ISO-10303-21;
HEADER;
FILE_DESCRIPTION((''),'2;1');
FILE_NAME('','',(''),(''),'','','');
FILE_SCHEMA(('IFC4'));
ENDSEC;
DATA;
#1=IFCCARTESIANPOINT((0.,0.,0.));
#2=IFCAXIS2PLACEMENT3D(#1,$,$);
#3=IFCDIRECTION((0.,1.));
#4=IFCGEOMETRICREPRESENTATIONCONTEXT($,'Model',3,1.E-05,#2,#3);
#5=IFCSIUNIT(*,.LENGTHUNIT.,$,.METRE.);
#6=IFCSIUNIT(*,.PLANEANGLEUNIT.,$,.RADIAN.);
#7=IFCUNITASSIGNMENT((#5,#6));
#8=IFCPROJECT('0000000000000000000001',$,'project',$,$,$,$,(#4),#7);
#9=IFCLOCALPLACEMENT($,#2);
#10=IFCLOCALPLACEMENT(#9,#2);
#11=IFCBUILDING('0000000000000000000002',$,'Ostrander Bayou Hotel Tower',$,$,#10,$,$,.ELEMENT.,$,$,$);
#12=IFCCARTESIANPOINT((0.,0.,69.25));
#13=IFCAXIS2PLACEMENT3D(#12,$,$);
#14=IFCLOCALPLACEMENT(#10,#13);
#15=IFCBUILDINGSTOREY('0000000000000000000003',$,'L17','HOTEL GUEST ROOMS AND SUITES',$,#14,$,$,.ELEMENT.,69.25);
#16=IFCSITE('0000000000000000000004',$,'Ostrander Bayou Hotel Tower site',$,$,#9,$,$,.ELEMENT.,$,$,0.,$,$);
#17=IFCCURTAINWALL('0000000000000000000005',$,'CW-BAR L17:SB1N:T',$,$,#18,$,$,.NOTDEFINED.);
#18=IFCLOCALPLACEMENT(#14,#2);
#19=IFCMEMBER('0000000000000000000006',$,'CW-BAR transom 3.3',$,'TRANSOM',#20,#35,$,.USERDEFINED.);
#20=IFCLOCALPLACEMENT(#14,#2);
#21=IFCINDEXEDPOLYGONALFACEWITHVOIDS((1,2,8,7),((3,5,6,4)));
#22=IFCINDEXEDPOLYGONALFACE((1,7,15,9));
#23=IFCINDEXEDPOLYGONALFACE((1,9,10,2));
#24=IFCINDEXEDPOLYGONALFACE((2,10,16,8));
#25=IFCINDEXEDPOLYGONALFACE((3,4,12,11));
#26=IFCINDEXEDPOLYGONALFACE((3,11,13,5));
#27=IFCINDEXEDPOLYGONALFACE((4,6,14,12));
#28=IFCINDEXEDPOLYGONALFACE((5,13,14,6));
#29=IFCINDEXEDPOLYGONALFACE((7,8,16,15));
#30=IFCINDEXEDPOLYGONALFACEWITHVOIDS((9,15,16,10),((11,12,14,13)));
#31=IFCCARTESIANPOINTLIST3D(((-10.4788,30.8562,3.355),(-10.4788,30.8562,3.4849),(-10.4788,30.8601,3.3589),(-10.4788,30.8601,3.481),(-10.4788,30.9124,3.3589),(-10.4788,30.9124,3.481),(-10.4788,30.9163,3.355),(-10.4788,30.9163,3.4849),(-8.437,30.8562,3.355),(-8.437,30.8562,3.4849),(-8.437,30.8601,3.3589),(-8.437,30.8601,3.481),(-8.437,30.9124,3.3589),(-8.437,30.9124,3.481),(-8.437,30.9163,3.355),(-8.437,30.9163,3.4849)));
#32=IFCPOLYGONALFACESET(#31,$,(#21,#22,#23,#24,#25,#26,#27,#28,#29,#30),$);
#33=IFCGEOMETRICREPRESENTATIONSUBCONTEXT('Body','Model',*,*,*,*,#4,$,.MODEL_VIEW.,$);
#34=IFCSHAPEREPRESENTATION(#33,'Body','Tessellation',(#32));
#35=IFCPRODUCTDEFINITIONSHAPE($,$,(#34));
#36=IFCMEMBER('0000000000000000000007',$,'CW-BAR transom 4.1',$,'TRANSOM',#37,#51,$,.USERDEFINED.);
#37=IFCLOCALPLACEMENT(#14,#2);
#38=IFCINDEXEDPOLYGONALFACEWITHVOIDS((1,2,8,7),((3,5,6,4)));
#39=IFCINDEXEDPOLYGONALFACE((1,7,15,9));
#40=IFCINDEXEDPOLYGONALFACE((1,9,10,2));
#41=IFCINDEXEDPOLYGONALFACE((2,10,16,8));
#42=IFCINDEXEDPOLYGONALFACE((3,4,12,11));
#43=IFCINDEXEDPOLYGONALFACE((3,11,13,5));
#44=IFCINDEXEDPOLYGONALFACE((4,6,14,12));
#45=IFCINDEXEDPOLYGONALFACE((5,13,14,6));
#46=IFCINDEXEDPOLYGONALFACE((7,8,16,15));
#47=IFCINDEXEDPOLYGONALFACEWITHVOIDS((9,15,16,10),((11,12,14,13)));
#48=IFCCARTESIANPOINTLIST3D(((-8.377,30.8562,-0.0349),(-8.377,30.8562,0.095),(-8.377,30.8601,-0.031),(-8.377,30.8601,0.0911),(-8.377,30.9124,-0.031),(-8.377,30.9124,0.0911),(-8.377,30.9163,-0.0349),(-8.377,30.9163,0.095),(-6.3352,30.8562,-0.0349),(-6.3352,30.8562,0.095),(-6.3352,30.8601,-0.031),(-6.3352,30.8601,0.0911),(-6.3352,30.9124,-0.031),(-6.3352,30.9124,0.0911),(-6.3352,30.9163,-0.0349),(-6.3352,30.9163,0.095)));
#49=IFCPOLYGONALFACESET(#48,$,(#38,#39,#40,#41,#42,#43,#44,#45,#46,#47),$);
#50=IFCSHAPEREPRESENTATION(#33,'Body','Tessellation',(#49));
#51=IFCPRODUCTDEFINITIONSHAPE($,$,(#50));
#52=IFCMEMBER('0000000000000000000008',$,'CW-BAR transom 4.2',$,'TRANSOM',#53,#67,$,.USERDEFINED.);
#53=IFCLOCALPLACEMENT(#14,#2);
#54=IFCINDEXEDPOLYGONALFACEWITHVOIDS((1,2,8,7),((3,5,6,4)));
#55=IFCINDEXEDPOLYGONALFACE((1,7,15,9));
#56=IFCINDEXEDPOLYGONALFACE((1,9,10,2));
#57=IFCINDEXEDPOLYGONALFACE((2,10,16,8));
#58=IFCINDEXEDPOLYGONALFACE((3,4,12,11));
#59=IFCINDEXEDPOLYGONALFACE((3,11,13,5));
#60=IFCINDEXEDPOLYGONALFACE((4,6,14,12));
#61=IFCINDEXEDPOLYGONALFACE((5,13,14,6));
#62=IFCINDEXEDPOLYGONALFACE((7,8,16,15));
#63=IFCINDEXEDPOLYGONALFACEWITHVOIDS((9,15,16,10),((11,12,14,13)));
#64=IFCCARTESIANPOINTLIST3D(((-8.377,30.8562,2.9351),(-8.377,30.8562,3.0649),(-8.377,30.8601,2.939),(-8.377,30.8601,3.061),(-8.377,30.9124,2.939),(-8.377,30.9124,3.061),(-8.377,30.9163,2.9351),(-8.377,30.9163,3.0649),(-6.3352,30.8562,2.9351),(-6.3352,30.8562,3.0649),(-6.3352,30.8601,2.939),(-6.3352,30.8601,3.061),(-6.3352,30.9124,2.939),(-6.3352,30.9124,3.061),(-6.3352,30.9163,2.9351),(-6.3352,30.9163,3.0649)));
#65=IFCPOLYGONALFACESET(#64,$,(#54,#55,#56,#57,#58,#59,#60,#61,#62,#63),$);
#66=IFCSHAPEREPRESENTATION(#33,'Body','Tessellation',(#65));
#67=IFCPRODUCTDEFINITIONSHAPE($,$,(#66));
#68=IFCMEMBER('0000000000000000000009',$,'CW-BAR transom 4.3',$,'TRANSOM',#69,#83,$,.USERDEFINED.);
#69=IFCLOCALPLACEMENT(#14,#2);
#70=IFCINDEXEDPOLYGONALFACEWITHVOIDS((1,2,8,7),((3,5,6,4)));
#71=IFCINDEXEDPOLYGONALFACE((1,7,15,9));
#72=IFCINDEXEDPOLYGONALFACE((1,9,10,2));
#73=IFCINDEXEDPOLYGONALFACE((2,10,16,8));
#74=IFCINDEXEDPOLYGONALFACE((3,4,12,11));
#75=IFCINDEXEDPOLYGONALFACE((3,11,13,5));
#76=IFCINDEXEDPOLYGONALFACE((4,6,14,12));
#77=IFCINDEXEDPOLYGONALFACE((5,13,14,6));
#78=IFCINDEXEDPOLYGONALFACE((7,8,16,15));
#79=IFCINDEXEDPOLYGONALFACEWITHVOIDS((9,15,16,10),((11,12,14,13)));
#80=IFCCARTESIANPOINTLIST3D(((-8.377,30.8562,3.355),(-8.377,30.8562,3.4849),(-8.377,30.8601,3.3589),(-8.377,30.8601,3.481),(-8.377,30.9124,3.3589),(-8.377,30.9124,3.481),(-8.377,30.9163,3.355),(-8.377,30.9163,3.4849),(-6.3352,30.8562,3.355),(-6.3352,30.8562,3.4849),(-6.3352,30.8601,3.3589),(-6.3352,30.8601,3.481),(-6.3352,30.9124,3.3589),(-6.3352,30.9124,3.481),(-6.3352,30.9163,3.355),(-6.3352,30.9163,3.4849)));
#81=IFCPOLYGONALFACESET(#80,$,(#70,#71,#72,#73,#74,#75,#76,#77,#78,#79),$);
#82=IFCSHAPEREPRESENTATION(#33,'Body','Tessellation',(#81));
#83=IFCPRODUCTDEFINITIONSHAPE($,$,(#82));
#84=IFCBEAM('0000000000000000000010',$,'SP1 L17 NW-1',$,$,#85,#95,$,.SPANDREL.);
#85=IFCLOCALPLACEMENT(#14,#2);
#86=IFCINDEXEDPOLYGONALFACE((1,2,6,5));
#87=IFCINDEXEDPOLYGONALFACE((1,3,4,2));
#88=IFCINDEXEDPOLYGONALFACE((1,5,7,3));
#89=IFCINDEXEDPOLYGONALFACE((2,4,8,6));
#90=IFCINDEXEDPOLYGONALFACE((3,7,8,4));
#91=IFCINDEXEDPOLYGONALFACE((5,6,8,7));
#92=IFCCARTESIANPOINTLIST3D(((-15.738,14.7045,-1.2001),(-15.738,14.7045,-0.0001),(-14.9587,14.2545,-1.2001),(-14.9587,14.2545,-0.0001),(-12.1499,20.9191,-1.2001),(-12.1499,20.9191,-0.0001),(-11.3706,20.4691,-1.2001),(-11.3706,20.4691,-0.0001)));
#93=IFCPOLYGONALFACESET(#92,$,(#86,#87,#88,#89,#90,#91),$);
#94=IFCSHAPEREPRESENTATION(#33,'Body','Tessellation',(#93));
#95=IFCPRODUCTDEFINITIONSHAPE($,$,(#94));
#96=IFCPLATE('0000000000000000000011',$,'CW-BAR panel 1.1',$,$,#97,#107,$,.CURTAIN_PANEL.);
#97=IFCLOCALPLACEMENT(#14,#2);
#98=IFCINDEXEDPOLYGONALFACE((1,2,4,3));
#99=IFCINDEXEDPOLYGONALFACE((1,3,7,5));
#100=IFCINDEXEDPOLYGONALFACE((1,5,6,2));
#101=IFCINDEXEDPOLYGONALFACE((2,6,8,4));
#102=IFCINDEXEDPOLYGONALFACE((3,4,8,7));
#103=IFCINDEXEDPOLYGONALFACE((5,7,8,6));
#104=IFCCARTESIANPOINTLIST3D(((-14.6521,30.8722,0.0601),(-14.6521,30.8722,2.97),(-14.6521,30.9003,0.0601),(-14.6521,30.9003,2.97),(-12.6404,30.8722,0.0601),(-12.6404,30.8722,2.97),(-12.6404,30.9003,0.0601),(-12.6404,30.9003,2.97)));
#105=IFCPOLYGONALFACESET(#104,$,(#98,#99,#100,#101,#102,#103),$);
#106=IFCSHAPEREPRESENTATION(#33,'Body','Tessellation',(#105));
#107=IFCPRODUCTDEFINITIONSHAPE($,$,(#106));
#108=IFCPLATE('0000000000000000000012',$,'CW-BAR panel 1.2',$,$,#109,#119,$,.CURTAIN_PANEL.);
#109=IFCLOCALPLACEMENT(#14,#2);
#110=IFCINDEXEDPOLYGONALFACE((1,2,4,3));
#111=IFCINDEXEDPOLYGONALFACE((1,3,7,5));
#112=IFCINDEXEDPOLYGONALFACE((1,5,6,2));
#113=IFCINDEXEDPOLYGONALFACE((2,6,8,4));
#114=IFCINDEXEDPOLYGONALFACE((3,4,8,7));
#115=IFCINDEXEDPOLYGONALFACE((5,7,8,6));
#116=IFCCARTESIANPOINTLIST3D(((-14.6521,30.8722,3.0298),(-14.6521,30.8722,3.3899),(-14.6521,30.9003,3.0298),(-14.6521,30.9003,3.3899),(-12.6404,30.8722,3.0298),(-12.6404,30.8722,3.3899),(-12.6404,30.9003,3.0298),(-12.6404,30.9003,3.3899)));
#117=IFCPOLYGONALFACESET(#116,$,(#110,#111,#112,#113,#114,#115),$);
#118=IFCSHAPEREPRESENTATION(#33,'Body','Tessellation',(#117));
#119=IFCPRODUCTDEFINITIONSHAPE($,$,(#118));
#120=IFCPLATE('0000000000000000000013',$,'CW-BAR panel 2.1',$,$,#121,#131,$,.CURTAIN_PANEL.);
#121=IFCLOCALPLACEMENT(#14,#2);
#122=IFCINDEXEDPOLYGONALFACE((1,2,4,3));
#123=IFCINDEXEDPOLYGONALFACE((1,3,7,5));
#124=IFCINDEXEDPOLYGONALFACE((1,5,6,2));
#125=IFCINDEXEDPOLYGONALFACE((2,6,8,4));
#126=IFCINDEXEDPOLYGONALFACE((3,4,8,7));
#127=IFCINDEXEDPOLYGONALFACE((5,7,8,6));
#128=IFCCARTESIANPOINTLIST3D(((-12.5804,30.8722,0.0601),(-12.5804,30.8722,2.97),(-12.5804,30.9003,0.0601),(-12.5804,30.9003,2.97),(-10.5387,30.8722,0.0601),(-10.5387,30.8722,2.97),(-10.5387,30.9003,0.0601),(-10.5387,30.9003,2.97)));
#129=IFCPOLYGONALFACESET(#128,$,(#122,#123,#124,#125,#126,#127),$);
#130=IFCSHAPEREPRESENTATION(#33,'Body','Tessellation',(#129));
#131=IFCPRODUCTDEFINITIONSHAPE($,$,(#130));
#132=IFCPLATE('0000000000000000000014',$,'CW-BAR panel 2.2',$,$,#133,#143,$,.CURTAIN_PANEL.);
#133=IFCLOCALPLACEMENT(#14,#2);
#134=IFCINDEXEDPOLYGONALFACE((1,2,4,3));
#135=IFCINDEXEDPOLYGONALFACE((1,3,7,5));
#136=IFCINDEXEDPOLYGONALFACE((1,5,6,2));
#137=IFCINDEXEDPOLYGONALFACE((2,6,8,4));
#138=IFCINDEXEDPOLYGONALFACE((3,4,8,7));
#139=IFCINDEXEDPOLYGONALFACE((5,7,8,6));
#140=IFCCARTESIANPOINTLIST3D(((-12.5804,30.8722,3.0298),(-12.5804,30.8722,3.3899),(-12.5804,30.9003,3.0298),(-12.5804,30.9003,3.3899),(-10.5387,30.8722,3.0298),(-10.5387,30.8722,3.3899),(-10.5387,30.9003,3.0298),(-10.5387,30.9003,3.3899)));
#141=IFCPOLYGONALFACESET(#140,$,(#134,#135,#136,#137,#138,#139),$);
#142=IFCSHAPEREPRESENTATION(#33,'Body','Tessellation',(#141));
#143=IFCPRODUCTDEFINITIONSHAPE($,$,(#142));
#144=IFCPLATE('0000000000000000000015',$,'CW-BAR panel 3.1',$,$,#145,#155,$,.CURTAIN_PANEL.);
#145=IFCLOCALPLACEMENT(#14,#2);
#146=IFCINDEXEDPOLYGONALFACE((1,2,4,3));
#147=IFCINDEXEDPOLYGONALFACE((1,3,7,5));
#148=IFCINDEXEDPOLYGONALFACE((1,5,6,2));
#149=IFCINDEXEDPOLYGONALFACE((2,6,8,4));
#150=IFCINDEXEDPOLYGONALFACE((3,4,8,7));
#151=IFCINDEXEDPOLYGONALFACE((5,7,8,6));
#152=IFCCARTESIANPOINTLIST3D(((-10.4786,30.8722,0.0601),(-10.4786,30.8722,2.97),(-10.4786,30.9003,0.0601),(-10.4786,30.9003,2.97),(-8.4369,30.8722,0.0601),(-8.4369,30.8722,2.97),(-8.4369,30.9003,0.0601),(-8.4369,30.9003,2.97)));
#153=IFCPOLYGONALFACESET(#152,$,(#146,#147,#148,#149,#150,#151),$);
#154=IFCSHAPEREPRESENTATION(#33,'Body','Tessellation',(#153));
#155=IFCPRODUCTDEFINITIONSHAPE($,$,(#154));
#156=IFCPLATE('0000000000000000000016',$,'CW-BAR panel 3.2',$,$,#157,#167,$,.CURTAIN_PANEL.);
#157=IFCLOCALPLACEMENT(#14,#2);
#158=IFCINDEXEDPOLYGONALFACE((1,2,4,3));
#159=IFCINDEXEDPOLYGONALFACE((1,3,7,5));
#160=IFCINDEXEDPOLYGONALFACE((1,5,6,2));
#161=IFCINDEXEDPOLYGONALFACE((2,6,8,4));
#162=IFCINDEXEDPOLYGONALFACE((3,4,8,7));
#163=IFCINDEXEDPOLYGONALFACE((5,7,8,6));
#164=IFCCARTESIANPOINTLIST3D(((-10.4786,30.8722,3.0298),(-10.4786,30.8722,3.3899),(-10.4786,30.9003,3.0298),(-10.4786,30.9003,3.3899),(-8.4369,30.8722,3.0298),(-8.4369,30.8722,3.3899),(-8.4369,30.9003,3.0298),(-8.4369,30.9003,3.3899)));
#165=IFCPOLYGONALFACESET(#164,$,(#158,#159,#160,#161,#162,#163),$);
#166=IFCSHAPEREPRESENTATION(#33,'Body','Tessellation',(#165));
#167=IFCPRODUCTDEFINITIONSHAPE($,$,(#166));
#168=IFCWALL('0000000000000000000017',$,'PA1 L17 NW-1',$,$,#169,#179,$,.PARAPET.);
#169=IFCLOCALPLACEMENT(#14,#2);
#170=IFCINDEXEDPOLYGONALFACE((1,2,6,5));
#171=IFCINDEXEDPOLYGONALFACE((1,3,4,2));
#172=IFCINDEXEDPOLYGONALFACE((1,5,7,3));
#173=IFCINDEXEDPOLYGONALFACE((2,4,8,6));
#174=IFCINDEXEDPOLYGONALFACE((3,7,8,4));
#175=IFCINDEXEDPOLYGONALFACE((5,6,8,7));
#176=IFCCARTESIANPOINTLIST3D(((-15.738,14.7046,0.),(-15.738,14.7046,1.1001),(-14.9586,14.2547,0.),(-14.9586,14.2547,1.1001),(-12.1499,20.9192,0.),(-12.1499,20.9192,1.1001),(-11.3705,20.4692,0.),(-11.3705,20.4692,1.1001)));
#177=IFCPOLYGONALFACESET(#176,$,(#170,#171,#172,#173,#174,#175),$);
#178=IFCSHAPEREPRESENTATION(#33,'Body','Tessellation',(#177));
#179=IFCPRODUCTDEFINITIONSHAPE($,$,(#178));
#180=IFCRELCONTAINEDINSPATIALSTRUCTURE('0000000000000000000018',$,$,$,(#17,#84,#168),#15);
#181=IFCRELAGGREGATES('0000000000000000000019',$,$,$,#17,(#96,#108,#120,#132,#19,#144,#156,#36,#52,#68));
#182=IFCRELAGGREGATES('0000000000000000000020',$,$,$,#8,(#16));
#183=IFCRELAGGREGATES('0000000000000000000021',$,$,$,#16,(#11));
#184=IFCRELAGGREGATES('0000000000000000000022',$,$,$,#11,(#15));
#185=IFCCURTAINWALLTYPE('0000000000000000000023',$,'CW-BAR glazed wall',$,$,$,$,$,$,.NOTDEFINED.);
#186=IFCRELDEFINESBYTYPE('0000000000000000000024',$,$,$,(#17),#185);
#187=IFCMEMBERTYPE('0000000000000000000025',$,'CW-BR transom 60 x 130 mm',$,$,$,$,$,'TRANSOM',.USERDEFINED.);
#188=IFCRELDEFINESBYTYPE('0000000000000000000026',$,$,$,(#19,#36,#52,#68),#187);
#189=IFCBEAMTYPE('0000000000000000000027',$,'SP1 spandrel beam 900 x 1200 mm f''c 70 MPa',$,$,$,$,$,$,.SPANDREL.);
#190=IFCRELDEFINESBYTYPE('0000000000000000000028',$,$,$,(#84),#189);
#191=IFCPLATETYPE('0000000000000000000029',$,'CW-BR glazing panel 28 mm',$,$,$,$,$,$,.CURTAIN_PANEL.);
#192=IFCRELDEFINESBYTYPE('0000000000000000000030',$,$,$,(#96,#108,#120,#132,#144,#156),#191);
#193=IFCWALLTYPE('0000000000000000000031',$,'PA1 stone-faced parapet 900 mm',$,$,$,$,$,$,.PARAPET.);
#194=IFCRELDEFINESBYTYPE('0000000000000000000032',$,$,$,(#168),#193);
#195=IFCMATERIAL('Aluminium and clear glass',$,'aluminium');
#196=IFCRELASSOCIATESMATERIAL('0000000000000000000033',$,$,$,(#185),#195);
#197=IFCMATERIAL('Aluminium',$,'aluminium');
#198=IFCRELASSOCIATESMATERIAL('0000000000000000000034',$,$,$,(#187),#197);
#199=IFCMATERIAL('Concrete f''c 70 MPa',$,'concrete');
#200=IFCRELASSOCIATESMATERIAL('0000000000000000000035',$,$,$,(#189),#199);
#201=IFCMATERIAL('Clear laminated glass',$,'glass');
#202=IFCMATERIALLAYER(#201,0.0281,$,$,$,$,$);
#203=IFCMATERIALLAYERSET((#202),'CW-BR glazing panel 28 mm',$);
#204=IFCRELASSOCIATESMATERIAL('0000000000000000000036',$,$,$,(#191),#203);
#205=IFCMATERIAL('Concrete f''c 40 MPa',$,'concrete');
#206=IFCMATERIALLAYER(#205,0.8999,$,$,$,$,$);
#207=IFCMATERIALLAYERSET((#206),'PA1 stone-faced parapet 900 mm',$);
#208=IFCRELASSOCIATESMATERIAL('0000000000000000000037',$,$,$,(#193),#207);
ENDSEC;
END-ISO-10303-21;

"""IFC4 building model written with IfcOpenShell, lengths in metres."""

from ifc_helpers import new_model, si_unit, direction, frame, frame_2d, origin, origin_2d, place, context, subcontext, project, spatial, rectangle, hollow_rectangle, extrude, material, layer, layer_set, material_profile, profile_set, type_object, element, aggregate, save


model = new_model("IFC4")

# Units and contexts
model_context = context("Model", 3, precision=1e-05, world=origin(), true_north=direction((0.0, 1.0)))
body_context = subcontext(model_context, "Body", "Model", "MODEL_VIEW")
ifc_project = project(units=[si_unit("LENGTHUNIT", "METRE"), si_unit("PLANEANGLEUNIT", "RADIAN")], contexts=[model_context])

# Site, building, storey
site_placement = place(None, origin())
site = spatial("IfcSite", under=ifc_project, at=site_placement, Name="Ostrander Bayou Hotel Tower site", CompositionType="ELEMENT", RefElevation=0.0)
building_placement = place(site_placement, origin())
building = spatial("IfcBuilding", under=site, at=building_placement, Name="Ostrander Bayou Hotel Tower", CompositionType="ELEMENT")
storey_placement = place(building_placement, frame((0.0, 0.0, 69.25)))
storey = spatial("IfcBuildingStorey", under=building, at=storey_placement, Name="L17", Description="HOTEL GUEST ROOMS AND SUITES", CompositionType="ELEMENT", Elevation=69.25)

# Curtain wall, members
ifc_material_1 = material(Name="Aluminium and clear glass", Category="aluminium")
curtain_wall_type = type_object("IfcCurtainWallType", Name="CW-BAR glazed wall", PredefinedType="NOTDEFINED", material=ifc_material_1)
curtain_wall_placement = place(storey_placement, origin())
curtain_wall = element("IfcCurtainWall", 1, at=curtain_wall_placement, inside=storey, type_object=curtain_wall_type, Name="CW-BAR L17:SB1N:T", PredefinedType="NOTDEFINED")
ifc_material_2 = material(Name="Aluminium", Category="aluminium")
ifc_material_profile_1 = material_profile(ifc_material_2, hollow_rectangle(XDim=0.0601, YDim=0.1299, WallThickness=0.0039, at=origin_2d()))
ifc_profile_set_1 = profile_set([ifc_material_profile_1], Name="Aluminium")
member_type_1 = type_object("IfcMemberType", Name="CW-BR transom 60 x 130 mm", ElementType="TRANSOM", PredefinedType="USERDEFINED", material=ifc_profile_set_1)
member_1_placement = place(storey_placement, frame((-10.4788, 30.8862, 3.4199), z_axis=(1.0, 0.0, 0.0), x_axis=(0.0, 1.0, 0.0)))
member_1 = element("IfcMember", 2, at=member_1_placement, type_object=member_type_1, Name="CW-BAR transom 3.3", ObjectType="TRANSOM", PredefinedType="USERDEFINED", context=body_context, shape_type="SweptSolid", body=[
    extrude(hollow_rectangle(XDim=0.0601, YDim=0.1299, WallThickness=0.0039, at=origin_2d()), origin(), (0.0, 0.0, 1.0), 2.0417),
])
member_2_placement = place(storey_placement, frame((-8.377, 30.8862, 0.03), z_axis=(1.0, 0.0, 0.0), x_axis=(0.0, 1.0, 0.0)))
member_2 = element("IfcMember", 3, at=member_2_placement, type_object=member_type_1, Name="CW-BAR transom 4.1", ObjectType="TRANSOM", PredefinedType="USERDEFINED", context=body_context, shape_type="SweptSolid", body=[
    extrude(hollow_rectangle(XDim=0.0601, YDim=0.1299, WallThickness=0.0039, at=origin_2d()), origin(), (0.0, 0.0, 1.0), 2.0417),
])
member_3_placement = place(storey_placement, frame((-8.377, 30.8862, 3.0), z_axis=(1.0, 0.0, 0.0), x_axis=(0.0, 1.0, 0.0)))
member_3 = element("IfcMember", 4, at=member_3_placement, type_object=member_type_1, Name="CW-BAR transom 4.2", ObjectType="TRANSOM", PredefinedType="USERDEFINED", context=body_context, shape_type="SweptSolid", body=[
    extrude(hollow_rectangle(XDim=0.0601, YDim=0.1299, WallThickness=0.0039, at=origin_2d()), origin(), (0.0, 0.0, 1.0), 2.0417),
])
member_4_placement = place(storey_placement, frame((-8.377, 30.8862, 3.4199), z_axis=(1.0, 0.0, 0.0), x_axis=(0.0, 1.0, 0.0)))
member_4 = element("IfcMember", 5, at=member_4_placement, type_object=member_type_1, Name="CW-BAR transom 4.3", ObjectType="TRANSOM", PredefinedType="USERDEFINED", context=body_context, shape_type="SweptSolid", body=[
    extrude(hollow_rectangle(XDim=0.0601, YDim=0.1299, WallThickness=0.0039, at=origin_2d()), origin(), (0.0, 0.0, 1.0), 2.0417),
])

# Beam
ifc_material_3 = material(Name="Concrete f'c 70 MPa", Category="concrete")
ifc_material_profile_2 = material_profile(ifc_material_3, rectangle(XDim=0.8999, YDim=1.2, at=origin_2d()))
ifc_profile_set_2 = profile_set([ifc_material_profile_2], Name="Concrete f'c 70 MPa")
beam_type = type_object("IfcBeamType", Name="SP1 spandrel beam 900 x 1200 mm f'c 70 MPa", PredefinedType="SPANDREL", material=ifc_profile_set_2)
beam_placement = place(storey_placement, frame((-11.7603, 20.6941, -0.6001), z_axis=(-0.500014, -0.866017, 0.0), x_axis=(0.866017, -0.500014, 0.0)))
element("IfcBeam", 6, at=beam_placement, inside=storey, type_object=beam_type, Name="SP1 L17 NW-1", PredefinedType="SPANDREL", context=body_context, shape_type="SweptSolid", body=[
    extrude(rectangle(XDim=0.8999, YDim=1.2, at=origin_2d()), origin(), (0.0, 0.0, 1.0), 7.176),
])

# Plates
ifc_material_4 = material(Name="Clear laminated glass", Category="glass")
ifc_layer_1 = layer(ifc_material_4, 0.0281)
ifc_layer_set_1 = layer_set([ifc_layer_1], Name="CW-BR glazing panel 28 mm")
plate_type = type_object("IfcPlateType", Name="CW-BR glazing panel 28 mm", PredefinedType="CURTAIN_PANEL", material=ifc_layer_set_1)
plate_1_placement = place(storey_placement, frame((-13.6462, 30.8862, 0.0601), z_axis=(0.0, 0.0, 1.0), x_axis=(1.0, 0.0, 0.0)))
plate_1 = element("IfcPlate", 7, at=plate_1_placement, type_object=plate_type, Name="CW-BAR panel 1.1", PredefinedType="CURTAIN_PANEL", context=body_context, shape_type="SweptSolid", body=[
    extrude(rectangle(XDim=2.0117, YDim=0.0281, at=origin_2d()), origin(), (0.0, 0.0, 1.0), 2.9099),
])
plate_2_placement = place(storey_placement, frame((-13.6462, 30.8862, 3.0298), z_axis=(0.0, 0.0, 1.0), x_axis=(1.0, 0.0, 0.0)))
plate_2 = element("IfcPlate", 8, at=plate_2_placement, type_object=plate_type, Name="CW-BAR panel 1.2", PredefinedType="CURTAIN_PANEL", context=body_context, shape_type="SweptSolid", body=[
    extrude(rectangle(XDim=2.0117, YDim=0.0281, at=origin_2d()), origin(), (0.0, 0.0, 1.0), 0.3601),
])
plate_3_placement = place(storey_placement, frame((-11.5596, 30.8862, 0.0601), z_axis=(0.0, 0.0, 1.0), x_axis=(1.0, 0.0, 0.0)))
plate_3 = element("IfcPlate", 9, at=plate_3_placement, type_object=plate_type, Name="CW-BAR panel 2.1", PredefinedType="CURTAIN_PANEL", context=body_context, shape_type="SweptSolid", body=[
    extrude(rectangle(XDim=2.0417, YDim=0.0281, at=origin_2d()), origin(), (0.0, 0.0, 1.0), 2.9099),
])
plate_4_placement = place(storey_placement, frame((-11.5596, 30.8862, 3.0298), z_axis=(0.0, 0.0, 1.0), x_axis=(1.0, 0.0, 0.0)))
plate_4 = element("IfcPlate", 10, at=plate_4_placement, type_object=plate_type, Name="CW-BAR panel 2.2", PredefinedType="CURTAIN_PANEL", context=body_context, shape_type="SweptSolid", body=[
    extrude(rectangle(XDim=2.0417, YDim=0.0281, at=origin_2d()), origin(), (0.0, 0.0, 1.0), 0.3601),
])
plate_5_placement = place(storey_placement, frame((-9.4578, 30.8862, 0.0601), z_axis=(0.0, 0.0, 1.0), x_axis=(1.0, 0.0, 0.0)))
plate_5 = element("IfcPlate", 11, at=plate_5_placement, type_object=plate_type, Name="CW-BAR panel 3.1", PredefinedType="CURTAIN_PANEL", context=body_context, shape_type="SweptSolid", body=[
    extrude(rectangle(XDim=2.0417, YDim=0.0281, at=origin_2d()), origin(), (0.0, 0.0, 1.0), 2.9099),
])
plate_6_placement = place(storey_placement, frame((-9.4578, 30.8862, 3.0298), z_axis=(0.0, 0.0, 1.0), x_axis=(1.0, 0.0, 0.0)))
plate_6 = element("IfcPlate", 12, at=plate_6_placement, type_object=plate_type, Name="CW-BAR panel 3.2", PredefinedType="CURTAIN_PANEL", context=body_context, shape_type="SweptSolid", body=[
    extrude(rectangle(XDim=2.0417, YDim=0.0281, at=origin_2d()), origin(), (0.0, 0.0, 1.0), 0.3601),
])
aggregate(curtain_wall, [plate_1, plate_2, plate_3, plate_4, member_1, plate_5, plate_6, member_2, member_3, member_4])

# Wall
ifc_material_5 = material(Name="Concrete f'c 40 MPa", Category="concrete")
ifc_layer_2 = layer(ifc_material_5, 0.8999)
ifc_layer_set_2 = layer_set([ifc_layer_2], Name="PA1 stone-faced parapet 900 mm")
wall_type = type_object("IfcWallType", Name="PA1 stone-faced parapet 900 mm", PredefinedType="PARAPET", material=ifc_layer_set_2)
wall_placement = place(storey_placement, frame((-11.7603, 20.6941, 0.0), z_axis=(0.0, 0.0, 1.0), x_axis=(-0.500014, -0.866017, 0.0)))
element("IfcWall", 13, at=wall_placement, inside=storey, type_object=wall_type, Name="PA1 L17 NW-1", PredefinedType="PARAPET", context=body_context, shape_type="SweptSolid", body=[
    extrude(rectangle(XDim=7.176, YDim=0.8999, at=frame_2d((3.5879, 0.0))), origin(), (0.0, 0.0, 1.0), 1.1001),
])

save(model, "model.ifc")
